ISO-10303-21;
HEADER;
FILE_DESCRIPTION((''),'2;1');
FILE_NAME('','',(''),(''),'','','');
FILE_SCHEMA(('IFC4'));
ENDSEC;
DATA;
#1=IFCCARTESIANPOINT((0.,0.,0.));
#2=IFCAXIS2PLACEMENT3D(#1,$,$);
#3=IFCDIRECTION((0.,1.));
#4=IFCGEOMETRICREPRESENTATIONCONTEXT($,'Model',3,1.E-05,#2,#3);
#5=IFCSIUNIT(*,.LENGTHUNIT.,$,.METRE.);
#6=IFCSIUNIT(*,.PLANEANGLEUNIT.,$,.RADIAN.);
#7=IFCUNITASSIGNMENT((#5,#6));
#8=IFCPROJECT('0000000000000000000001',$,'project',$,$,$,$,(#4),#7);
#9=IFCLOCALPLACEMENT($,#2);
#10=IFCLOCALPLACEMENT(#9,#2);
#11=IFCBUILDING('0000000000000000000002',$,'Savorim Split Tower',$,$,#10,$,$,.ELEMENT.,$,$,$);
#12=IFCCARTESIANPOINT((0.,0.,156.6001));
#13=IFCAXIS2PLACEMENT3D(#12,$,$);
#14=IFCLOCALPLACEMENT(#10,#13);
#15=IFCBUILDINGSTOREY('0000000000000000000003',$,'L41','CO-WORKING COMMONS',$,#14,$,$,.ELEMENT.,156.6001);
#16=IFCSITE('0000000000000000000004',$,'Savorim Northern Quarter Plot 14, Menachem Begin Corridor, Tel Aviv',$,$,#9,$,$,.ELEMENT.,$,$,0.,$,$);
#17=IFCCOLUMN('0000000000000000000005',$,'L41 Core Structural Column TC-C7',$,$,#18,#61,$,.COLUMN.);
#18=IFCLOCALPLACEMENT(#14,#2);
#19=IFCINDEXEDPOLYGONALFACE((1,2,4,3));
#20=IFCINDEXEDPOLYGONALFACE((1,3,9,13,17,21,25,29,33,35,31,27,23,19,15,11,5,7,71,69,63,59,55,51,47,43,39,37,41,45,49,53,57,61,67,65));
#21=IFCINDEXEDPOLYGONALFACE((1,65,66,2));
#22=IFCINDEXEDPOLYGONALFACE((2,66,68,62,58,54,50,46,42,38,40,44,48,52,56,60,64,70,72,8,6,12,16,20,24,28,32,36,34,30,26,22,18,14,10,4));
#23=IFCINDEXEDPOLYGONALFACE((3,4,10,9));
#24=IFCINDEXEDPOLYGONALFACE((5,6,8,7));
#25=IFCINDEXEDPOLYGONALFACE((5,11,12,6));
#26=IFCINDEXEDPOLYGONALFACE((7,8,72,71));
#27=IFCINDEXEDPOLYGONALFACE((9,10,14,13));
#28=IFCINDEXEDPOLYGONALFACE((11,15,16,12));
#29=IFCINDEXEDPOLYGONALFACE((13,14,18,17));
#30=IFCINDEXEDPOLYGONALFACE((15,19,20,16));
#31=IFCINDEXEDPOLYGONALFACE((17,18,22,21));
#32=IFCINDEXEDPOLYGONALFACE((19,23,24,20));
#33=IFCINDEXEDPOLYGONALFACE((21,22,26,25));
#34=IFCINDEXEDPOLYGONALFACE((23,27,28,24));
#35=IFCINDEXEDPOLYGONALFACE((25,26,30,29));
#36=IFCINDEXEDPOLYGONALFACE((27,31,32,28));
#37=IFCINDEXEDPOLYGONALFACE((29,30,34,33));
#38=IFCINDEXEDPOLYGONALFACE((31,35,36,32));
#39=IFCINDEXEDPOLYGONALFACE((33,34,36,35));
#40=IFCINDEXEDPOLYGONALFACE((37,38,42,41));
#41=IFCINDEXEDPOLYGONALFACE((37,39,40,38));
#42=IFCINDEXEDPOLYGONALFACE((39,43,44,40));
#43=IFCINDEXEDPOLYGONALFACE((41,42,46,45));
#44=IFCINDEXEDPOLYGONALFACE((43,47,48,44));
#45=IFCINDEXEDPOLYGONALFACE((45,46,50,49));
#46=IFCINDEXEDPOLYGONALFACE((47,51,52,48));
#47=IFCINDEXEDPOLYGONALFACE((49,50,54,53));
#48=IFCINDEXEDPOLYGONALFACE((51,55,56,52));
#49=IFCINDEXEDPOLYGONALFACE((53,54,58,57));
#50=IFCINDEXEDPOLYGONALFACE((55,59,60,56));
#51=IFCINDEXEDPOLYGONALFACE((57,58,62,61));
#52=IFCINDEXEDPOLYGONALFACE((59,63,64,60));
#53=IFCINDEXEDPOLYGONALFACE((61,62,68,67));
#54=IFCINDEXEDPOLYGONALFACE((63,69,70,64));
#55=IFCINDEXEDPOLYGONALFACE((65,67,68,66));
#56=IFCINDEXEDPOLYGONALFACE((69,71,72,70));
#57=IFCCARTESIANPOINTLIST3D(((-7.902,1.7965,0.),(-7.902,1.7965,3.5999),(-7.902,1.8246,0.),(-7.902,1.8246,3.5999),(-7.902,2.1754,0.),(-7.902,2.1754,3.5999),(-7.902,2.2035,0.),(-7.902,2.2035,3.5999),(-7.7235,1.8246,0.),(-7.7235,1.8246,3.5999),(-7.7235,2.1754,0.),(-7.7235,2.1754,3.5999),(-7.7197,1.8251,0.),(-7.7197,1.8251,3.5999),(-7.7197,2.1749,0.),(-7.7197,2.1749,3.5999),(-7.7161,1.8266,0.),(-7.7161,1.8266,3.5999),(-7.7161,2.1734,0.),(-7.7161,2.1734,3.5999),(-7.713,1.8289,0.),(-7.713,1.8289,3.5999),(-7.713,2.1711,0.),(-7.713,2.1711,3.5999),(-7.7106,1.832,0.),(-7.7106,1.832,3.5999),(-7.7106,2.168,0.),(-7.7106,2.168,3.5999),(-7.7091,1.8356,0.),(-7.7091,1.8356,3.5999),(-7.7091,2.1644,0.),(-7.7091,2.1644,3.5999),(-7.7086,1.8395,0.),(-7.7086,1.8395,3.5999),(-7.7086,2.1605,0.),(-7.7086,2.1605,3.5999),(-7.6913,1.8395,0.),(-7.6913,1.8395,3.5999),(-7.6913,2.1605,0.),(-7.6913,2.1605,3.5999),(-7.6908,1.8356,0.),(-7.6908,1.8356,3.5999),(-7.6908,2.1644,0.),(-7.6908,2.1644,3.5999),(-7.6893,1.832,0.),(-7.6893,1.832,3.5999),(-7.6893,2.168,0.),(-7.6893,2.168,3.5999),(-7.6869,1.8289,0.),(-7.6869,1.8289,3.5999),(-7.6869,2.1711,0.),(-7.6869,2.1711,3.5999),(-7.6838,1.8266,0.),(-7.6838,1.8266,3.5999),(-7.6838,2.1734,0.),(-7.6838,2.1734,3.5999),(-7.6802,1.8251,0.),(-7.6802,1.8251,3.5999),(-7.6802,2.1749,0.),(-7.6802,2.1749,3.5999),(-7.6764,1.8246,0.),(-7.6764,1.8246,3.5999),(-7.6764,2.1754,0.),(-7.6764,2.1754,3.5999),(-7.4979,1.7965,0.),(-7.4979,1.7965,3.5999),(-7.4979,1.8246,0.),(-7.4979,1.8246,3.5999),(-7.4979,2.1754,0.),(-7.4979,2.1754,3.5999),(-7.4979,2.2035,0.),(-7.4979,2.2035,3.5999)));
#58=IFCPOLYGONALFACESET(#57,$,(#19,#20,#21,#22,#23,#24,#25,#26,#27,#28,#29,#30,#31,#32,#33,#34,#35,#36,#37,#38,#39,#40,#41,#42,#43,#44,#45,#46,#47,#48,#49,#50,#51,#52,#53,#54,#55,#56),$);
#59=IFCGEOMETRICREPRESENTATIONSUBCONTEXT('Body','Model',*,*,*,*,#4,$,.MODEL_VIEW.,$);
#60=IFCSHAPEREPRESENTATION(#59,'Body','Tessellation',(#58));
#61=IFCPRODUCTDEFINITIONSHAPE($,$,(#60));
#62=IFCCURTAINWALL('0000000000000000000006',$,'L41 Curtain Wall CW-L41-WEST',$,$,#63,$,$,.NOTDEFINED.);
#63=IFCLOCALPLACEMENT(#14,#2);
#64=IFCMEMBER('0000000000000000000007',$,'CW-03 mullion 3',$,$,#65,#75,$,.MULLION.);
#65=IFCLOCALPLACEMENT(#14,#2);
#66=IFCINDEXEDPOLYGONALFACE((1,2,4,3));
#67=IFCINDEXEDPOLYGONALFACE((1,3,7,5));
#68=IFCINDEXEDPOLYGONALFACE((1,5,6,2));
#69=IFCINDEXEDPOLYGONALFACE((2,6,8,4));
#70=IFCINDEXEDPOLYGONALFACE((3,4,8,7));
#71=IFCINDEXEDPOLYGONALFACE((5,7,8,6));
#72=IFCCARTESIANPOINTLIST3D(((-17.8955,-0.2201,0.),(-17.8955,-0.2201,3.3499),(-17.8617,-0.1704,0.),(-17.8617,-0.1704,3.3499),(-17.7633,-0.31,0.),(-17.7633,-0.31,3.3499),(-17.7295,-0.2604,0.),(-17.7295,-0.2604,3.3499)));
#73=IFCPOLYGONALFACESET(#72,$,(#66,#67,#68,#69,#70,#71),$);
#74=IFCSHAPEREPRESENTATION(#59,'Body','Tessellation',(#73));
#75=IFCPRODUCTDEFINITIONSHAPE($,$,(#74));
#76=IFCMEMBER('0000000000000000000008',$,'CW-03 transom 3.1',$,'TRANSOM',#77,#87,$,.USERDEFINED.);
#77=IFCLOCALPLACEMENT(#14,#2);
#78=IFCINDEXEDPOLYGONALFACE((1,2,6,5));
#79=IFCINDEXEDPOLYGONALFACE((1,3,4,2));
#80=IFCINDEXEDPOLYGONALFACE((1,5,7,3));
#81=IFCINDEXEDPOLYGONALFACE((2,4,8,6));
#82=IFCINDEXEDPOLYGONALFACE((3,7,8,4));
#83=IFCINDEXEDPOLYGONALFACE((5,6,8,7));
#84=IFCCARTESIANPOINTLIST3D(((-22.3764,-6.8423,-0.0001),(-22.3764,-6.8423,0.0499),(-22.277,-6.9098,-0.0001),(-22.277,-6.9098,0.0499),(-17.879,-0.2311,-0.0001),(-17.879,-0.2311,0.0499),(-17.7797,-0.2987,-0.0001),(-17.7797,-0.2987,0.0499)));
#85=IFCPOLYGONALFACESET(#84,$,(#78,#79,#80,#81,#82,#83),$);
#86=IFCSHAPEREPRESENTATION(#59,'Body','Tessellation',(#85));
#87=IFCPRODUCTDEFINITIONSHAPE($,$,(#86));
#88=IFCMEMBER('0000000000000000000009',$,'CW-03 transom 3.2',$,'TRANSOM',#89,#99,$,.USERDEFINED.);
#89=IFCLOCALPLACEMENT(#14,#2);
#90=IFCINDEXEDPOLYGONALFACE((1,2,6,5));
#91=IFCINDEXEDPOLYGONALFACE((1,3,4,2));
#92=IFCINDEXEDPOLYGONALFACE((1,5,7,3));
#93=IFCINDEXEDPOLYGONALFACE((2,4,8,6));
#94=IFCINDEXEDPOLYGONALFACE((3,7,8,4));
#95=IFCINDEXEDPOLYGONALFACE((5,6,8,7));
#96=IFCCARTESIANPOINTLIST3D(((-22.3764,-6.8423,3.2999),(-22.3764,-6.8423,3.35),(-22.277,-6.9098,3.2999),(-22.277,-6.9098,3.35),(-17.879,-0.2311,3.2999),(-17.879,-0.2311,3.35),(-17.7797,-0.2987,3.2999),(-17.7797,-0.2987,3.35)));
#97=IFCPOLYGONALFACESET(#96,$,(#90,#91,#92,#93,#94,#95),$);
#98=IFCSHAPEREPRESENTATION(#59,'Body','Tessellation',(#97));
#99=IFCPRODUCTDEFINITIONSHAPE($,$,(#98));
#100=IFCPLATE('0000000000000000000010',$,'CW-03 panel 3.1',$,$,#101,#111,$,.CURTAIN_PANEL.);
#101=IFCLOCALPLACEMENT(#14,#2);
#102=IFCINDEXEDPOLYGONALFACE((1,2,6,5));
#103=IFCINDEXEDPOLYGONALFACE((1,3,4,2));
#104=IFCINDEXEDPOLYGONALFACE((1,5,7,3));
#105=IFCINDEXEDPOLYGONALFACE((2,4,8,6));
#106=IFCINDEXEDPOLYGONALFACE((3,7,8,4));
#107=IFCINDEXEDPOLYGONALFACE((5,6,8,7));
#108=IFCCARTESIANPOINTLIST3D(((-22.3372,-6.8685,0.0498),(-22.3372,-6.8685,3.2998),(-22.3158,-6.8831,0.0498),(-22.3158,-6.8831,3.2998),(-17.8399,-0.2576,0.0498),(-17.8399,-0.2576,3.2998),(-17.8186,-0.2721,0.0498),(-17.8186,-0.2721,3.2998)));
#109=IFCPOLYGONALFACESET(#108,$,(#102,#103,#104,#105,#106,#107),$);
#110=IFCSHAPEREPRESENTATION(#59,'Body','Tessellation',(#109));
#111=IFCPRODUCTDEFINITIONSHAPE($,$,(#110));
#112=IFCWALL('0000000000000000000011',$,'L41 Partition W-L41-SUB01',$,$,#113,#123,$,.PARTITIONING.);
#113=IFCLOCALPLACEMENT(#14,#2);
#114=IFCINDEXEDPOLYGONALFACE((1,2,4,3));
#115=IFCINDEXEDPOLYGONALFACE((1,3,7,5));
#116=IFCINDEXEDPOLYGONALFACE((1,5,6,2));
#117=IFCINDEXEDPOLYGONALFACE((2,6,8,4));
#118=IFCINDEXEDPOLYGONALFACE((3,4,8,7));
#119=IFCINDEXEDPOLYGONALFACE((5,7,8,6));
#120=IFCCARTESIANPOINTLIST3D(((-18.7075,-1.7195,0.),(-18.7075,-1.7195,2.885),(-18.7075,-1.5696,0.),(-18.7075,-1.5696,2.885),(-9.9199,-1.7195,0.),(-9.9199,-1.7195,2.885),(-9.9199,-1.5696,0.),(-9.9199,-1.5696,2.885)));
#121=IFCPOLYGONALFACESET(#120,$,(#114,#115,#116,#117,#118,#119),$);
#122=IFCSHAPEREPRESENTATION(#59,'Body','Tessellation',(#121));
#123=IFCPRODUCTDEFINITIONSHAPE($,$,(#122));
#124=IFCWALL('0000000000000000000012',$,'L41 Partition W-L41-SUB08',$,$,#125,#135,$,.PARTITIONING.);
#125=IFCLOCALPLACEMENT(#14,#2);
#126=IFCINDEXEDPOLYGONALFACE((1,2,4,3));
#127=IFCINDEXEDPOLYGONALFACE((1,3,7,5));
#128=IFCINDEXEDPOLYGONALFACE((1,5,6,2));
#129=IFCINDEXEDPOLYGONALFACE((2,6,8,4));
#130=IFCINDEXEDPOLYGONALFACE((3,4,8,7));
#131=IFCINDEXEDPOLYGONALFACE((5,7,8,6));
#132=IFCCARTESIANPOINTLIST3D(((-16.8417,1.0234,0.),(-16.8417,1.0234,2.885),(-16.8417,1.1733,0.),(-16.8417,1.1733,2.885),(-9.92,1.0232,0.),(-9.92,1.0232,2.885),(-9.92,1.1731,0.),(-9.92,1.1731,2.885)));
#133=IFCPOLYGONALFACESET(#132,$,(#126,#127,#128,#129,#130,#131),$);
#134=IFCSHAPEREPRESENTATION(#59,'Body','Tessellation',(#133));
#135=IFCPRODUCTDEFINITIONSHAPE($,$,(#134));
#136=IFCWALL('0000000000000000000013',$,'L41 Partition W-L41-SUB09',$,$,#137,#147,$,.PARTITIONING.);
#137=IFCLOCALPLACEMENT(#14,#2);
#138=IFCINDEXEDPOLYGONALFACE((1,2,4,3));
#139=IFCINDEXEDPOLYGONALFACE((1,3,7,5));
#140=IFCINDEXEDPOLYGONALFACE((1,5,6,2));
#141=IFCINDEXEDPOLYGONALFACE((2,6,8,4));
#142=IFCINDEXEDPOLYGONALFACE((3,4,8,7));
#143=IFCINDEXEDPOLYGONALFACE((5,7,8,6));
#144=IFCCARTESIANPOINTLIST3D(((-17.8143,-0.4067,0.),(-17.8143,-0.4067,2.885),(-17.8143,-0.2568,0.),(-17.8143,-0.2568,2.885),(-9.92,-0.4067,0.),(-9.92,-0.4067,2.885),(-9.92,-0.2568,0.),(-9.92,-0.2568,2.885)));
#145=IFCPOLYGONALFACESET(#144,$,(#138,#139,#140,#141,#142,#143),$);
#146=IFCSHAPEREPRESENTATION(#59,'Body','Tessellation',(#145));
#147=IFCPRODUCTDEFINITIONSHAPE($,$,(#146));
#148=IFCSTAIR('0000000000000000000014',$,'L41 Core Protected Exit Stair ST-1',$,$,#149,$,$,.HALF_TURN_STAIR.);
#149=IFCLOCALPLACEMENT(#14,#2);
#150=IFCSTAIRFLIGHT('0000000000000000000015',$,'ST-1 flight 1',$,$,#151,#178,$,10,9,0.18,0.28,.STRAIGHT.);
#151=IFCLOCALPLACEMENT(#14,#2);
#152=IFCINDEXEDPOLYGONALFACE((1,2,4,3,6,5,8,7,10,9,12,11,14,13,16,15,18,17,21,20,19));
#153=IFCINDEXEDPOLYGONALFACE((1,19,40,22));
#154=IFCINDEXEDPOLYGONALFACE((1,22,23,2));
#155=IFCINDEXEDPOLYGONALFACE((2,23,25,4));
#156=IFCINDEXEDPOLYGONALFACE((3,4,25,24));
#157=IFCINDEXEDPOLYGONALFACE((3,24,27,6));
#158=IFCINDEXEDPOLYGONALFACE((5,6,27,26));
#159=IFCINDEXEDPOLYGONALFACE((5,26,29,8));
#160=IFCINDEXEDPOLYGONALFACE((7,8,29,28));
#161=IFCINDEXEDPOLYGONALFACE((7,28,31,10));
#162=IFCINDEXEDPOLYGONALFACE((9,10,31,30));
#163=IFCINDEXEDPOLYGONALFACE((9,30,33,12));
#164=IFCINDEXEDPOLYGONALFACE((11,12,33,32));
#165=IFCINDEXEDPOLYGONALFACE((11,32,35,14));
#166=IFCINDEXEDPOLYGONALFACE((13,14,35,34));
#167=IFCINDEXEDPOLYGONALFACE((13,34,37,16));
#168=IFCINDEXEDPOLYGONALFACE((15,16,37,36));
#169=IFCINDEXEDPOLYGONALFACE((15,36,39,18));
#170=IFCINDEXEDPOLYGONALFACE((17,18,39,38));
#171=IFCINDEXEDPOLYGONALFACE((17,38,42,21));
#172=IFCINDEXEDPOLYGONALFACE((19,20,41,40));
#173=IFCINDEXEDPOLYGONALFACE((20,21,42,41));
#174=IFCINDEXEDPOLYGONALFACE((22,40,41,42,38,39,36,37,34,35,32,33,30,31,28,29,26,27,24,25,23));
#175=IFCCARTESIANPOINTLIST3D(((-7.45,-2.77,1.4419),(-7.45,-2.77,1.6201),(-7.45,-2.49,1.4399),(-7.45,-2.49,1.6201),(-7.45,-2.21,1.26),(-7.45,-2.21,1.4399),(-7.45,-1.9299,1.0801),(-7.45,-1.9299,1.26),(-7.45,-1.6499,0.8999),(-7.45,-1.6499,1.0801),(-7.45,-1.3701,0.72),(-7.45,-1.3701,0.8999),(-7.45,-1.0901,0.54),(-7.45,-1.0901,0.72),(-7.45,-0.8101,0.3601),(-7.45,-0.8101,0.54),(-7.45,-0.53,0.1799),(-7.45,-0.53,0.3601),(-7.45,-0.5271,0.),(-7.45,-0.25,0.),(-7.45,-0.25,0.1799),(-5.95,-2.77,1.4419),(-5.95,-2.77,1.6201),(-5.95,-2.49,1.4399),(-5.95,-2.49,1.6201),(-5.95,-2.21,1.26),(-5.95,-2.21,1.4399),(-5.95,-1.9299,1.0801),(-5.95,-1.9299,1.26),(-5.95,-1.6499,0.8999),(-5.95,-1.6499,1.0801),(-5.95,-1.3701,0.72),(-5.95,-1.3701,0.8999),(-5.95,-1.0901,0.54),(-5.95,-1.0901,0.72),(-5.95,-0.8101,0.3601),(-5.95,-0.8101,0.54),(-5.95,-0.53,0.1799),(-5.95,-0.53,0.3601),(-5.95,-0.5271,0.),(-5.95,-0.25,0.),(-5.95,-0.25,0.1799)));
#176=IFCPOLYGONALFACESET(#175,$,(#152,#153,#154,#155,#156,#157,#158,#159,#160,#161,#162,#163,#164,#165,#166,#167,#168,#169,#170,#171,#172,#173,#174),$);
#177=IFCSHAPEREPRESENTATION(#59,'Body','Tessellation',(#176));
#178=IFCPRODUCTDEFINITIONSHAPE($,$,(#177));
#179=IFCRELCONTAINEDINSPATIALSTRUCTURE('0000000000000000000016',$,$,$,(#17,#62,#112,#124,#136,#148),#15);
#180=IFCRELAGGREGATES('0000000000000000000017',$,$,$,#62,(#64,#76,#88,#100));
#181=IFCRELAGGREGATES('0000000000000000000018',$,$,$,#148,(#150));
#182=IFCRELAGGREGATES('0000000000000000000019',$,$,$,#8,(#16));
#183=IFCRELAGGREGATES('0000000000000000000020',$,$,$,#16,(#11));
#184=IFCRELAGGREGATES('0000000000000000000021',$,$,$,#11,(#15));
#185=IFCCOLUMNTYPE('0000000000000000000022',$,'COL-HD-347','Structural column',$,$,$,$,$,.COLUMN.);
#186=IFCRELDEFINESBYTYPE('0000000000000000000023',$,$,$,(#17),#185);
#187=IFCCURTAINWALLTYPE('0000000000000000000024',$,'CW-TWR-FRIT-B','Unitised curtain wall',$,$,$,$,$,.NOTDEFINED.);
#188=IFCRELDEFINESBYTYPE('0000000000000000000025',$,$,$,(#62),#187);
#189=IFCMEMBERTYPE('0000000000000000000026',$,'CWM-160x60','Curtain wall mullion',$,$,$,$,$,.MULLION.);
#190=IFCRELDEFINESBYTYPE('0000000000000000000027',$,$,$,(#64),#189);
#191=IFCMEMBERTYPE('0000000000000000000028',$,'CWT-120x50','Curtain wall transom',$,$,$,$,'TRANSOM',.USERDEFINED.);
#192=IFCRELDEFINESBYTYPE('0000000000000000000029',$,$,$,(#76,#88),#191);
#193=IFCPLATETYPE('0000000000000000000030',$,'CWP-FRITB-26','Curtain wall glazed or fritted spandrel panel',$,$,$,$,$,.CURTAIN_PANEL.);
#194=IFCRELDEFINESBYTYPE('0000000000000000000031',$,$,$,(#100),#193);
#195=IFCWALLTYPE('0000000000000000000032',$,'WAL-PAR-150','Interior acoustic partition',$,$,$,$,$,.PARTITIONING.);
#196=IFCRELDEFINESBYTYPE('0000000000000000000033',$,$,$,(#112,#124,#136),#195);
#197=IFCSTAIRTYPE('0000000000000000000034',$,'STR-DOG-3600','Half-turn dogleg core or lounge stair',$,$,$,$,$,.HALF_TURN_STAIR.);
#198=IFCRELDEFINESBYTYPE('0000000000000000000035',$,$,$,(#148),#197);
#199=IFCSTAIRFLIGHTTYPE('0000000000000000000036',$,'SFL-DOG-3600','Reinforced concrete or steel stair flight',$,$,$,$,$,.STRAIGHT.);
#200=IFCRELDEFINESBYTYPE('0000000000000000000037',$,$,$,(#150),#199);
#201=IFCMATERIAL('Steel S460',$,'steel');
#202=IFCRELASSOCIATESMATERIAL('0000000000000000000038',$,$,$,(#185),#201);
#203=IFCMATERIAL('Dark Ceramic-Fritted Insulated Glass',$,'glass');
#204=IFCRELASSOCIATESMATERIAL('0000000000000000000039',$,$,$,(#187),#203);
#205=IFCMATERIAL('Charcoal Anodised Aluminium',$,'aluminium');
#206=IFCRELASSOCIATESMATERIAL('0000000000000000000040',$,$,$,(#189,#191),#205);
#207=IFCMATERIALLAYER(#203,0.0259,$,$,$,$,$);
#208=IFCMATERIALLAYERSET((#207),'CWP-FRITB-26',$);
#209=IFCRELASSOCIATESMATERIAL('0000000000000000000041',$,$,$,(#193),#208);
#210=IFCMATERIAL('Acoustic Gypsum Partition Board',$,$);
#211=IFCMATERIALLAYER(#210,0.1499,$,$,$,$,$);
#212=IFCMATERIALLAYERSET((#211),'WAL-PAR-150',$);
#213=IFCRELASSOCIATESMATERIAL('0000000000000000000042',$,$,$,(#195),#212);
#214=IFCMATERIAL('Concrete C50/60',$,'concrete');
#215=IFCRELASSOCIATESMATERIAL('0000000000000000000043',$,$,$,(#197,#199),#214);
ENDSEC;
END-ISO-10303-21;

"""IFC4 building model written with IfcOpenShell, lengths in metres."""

from ifc_helpers import new_model, si_unit, direction, frame, frame_2d, origin, origin_2d, place, context, subcontext, project, spatial, polyline, rectangle, i_section, outline, extrude, material, layer, layer_set, material_profile, profile_set, type_object, element, aggregate, save


model = new_model("IFC4")

# Units and contexts
model_context = context("Model", 3, precision=1e-05, world=origin(), true_north=direction((0.0, 1.0)))
body_context = subcontext(model_context, "Body", "Model", "MODEL_VIEW")
ifc_project = project(units=[si_unit("LENGTHUNIT", "METRE"), si_unit("PLANEANGLEUNIT", "RADIAN")], contexts=[model_context])

# Site, building, storey
site_placement = place(None, origin())
site = spatial("IfcSite", under=ifc_project, at=site_placement, Name="Savorim Northern Quarter Plot 14, Menachem Begin Corridor, Tel Aviv", CompositionType="ELEMENT", RefElevation=0.0)
building_placement = place(site_placement, origin())
building = spatial("IfcBuilding", under=site, at=building_placement, Name="Savorim Split Tower", CompositionType="ELEMENT")
storey_placement = place(building_placement, frame((0.0, 0.0, 156.6001)))
storey = spatial("IfcBuildingStorey", under=building, at=storey_placement, Name="L41", Description="CO-WORKING COMMONS", CompositionType="ELEMENT", Elevation=156.6001)

# Column
ifc_material_1 = material(Name="Steel S460", Category="steel")
ifc_material_profile_1 = material_profile(ifc_material_1, i_section(OverallWidth=0.4041, OverallDepth=0.407, WebThickness=0.0173, FlangeThickness=0.0281, FilletRadius=0.0149, at=origin_2d()), Name="HD 400x347")
ifc_profile_set_1 = profile_set([ifc_material_profile_1], Name="Steel S460")
column_type = type_object("IfcColumnType", Name="COL-HD-347", Description="Structural column", PredefinedType="COLUMN", material=ifc_profile_set_1)
column_placement = place(storey_placement, frame((-7.7, 2.0, 0.0), z_axis=(0.0, 0.0, 1.0), x_axis=(1.0, 0.0, 0.0)))
element("IfcColumn", 1, at=column_placement, inside=storey, type_object=column_type, Name="L41 Core Structural Column TC-C7", PredefinedType="COLUMN", context=body_context, shape_type="SweptSolid", body=[
    extrude(i_section(OverallWidth=0.4041, OverallDepth=0.407, WebThickness=0.0173, FlangeThickness=0.0281, FilletRadius=0.0149, at=origin_2d()), origin(), (0.0, 0.0, 1.0), 3.5999),
])

# Curtain wall, members, plate
ifc_material_2 = material(Name="Dark Ceramic-Fritted Insulated Glass", Category="glass")
curtain_wall_type = type_object("IfcCurtainWallType", Name="CW-TWR-FRIT-B", Description="Unitised curtain wall", PredefinedType="NOTDEFINED", material=ifc_material_2)
curtain_wall_placement = place(storey_placement, origin())
curtain_wall = element("IfcCurtainWall", 2, at=curtain_wall_placement, inside=storey, type_object=curtain_wall_type, Name="L41 Curtain Wall CW-L41-WEST", PredefinedType="NOTDEFINED")
ifc_material_3 = material(Name="Charcoal Anodised Aluminium", Category="aluminium")
ifc_material_profile_2 = material_profile(ifc_material_3, rectangle(XDim=0.1599, YDim=0.0601, at=origin_2d()), Name="ALU-M 160x60")
ifc_profile_set_2 = profile_set([ifc_material_profile_2], Name="Charcoal Anodised Aluminium")
member_type_1 = type_object("IfcMemberType", Name="CWM-160x60", Description="Curtain wall mullion", PredefinedType="MULLION", material=ifc_profile_set_2)
member_1_placement = place(storey_placement, frame((-17.8125, -0.2402, 0.0), z_axis=(0.0, 0.0, 1.0), x_axis=(0.82682, -0.562466, 0.0)))
member_1 = element("IfcMember", 3, at=member_1_placement, type_object=member_type_1, Name="CW-03 mullion 3", PredefinedType="MULLION", context=body_context, shape_type="SweptSolid", body=[
    extrude(rectangle(XDim=0.1599, YDim=0.0601, at=origin_2d()), origin(), (0.0, 0.0, 1.0), 3.3499),
])
ifc_material_profile_3 = material_profile(ifc_material_3, rectangle(XDim=0.1201, YDim=0.05, at=origin_2d()), Name="ALU-T 120x50")
ifc_profile_set_3 = profile_set([ifc_material_profile_3], Name="Charcoal Anodised Aluminium")
member_type_2 = type_object("IfcMemberType", Name="CWT-120x50", Description="Curtain wall transom", ElementType="TRANSOM", PredefinedType="USERDEFINED", material=ifc_profile_set_3)
member_2_placement = place(storey_placement, frame((-17.8293, -0.2649, 0.0249), z_axis=(-0.562462, -0.826823, 0.0), x_axis=(0.826823, -0.562462, 0.0)))
member_2 = element("IfcMember", 4, at=member_2_placement, type_object=member_type_2, Name="CW-03 transom 3.1", ObjectType="TRANSOM", PredefinedType="USERDEFINED", context=body_context, shape_type="SweptSolid", body=[
    extrude(rectangle(XDim=0.1201, YDim=0.05, at=origin_2d()), origin(), (0.0, 0.0, 1.0), 7.9958),
])
member_3_placement = place(storey_placement, frame((-17.8293, -0.2649, 3.325), z_axis=(-0.562462, -0.826823, 0.0), x_axis=(0.826823, -0.562462, 0.0)))
member_3 = element("IfcMember", 5, at=member_3_placement, type_object=member_type_2, Name="CW-03 transom 3.2", ObjectType="TRANSOM", PredefinedType="USERDEFINED", context=body_context, shape_type="SweptSolid", body=[
    extrude(rectangle(XDim=0.1201, YDim=0.05, at=origin_2d()), origin(), (0.0, 0.0, 1.0), 7.9958),
])
ifc_layer_1 = layer(ifc_material_2, 0.0259)
ifc_layer_set_1 = layer_set([ifc_layer_1], Name="CWP-FRITB-26")
plate_type = type_object("IfcPlateType", Name="CWP-FRITB-26", Description="Curtain wall glazed or fritted spandrel panel", PredefinedType="CURTAIN_PANEL", material=ifc_layer_set_1)
plate_placement = place(storey_placement, frame((-20.0779, -3.5703, 0.0498), z_axis=(0.0, 0.0, 1.0), x_axis=(-0.562466, -0.82682, 0.0)))
plate = element("IfcPlate", 6, at=plate_placement, type_object=plate_type, Name="CW-03 panel 3.1", PredefinedType="CURTAIN_PANEL", context=body_context, shape_type="SweptSolid", body=[
    extrude(rectangle(XDim=7.9956, YDim=0.0259, at=origin_2d()), origin(), (0.0, 0.0, 1.0), 3.25),
])
aggregate(curtain_wall, [member_1, member_2, member_3, plate])

# Shared definitions
ifc_material_4 = material(Name="Concrete C50/60", Category="concrete")

# Walls
ifc_material_5 = material(Name="Acoustic Gypsum Partition Board")
ifc_layer_2 = layer(ifc_material_5, 0.1499)
ifc_layer_set_2 = layer_set([ifc_layer_2], Name="WAL-PAR-150")
wall_type_1 = type_object("IfcWallType", Name="WAL-PAR-150", Description="Interior acoustic partition", PredefinedType="PARTITIONING", material=ifc_layer_set_2)
wall_1_placement = place(storey_placement, frame((-9.9199, -1.6445, 0.0), z_axis=(0.0, 0.0, 1.0), x_axis=(-1.0, 0.0, 0.0)))
element("IfcWall", 7, at=wall_1_placement, inside=storey, type_object=wall_type_1, Name="L41 Partition W-L41-SUB01", PredefinedType="PARTITIONING", context=body_context, shape_type="SweptSolid", body=[
    extrude(rectangle(XDim=8.7876, YDim=0.1499, at=frame_2d((4.3938, 0.0))), origin(), (0.0, 0.0, 1.0), 2.885),
])
wall_2_placement = place(storey_placement, frame((-9.9199, 1.0981, 0.0), z_axis=(0.0, 0.0, 1.0), x_axis=(-1.0, 0.000035, 0.0)))
element("IfcWall", 8, at=wall_2_placement, inside=storey, type_object=wall_type_1, Name="L41 Partition W-L41-SUB08", PredefinedType="PARTITIONING", context=body_context, shape_type="SweptSolid", body=[
    extrude(rectangle(XDim=6.9216, YDim=0.1499, at=frame_2d((3.4609, 0.0))), origin(), (0.0, 0.0, 1.0), 2.885),
])
wall_3_placement = place(storey_placement, frame((-9.9199, -0.3318, 0.0), z_axis=(0.0, 0.0, 1.0), x_axis=(-1.0, 0.0, 0.0)))
element("IfcWall", 9, at=wall_3_placement, inside=storey, type_object=wall_type_1, Name="L41 Partition W-L41-SUB09", PredefinedType="PARTITIONING", context=body_context, shape_type="SweptSolid", body=[
    extrude(rectangle(XDim=7.8943, YDim=0.1499, at=frame_2d((3.9473, 0.0))), origin(), (0.0, 0.0, 1.0), 2.885),
])

# Stair, stair flight
stair_type = type_object("IfcStairType", Name="STR-DOG-3600", Description="Half-turn dogleg core or lounge stair", PredefinedType="HALF_TURN_STAIR", material=ifc_material_4)
stair_placement = place(storey_placement, origin())
stair = element("IfcStair", 10, at=stair_placement, inside=storey, type_object=stair_type, Name="L41 Core Protected Exit Stair ST-1", PredefinedType="HALF_TURN_STAIR")
stair_flight_type = type_object("IfcStairFlightType", Name="SFL-DOG-3600", Description="Reinforced concrete or steel stair flight", PredefinedType="STRAIGHT", material=ifc_material_4)
stair_flight_placement = place(storey_placement, frame((-6.7, -0.25, 0.0), z_axis=(0.0, 0.0, 1.0), x_axis=(0.0, -1.0, 0.0)))
stair_flight = element("IfcStairFlight", 11, at=stair_flight_placement, type_object=stair_flight_type, Name="ST-1 flight 1", NumberOfRisers=10, NumberOfTreads=9, PredefinedType="STRAIGHT", RiserHeight=0.18, TreadLength=0.28, context=body_context, shape_type="SweptSolid", body=[
    extrude(outline(polyline([(0.0, 0.0), (0.0, 0.1799), (0.28, 0.1799), (0.28, 0.3601), (0.5601, 0.3601), (0.5601, 0.54), (0.8401, 0.54), (0.8401, 0.72), (1.1201, 0.72), (1.1201, 0.8999), (1.3999, 0.8999), (1.3999, 1.0801), (1.6799, 1.0801), (1.6799, 1.26), (1.96, 1.26), (1.96, 1.4399), (2.24, 1.4399), (2.24, 1.6201), (2.52, 1.6201), (2.52, 1.8), (2.52, 1.4419), (0.2771, 0.0), (0.0, 0.0)])), frame((0.0, 0.75, 0.0), z_axis=(0.0, -1.0, 0.0), x_axis=(1.0, 0.0, 0.0)), (0.0, 0.0, 1.0), 1.5),
])
aggregate(stair, [stair_flight])

save(model, "model.ifc")
